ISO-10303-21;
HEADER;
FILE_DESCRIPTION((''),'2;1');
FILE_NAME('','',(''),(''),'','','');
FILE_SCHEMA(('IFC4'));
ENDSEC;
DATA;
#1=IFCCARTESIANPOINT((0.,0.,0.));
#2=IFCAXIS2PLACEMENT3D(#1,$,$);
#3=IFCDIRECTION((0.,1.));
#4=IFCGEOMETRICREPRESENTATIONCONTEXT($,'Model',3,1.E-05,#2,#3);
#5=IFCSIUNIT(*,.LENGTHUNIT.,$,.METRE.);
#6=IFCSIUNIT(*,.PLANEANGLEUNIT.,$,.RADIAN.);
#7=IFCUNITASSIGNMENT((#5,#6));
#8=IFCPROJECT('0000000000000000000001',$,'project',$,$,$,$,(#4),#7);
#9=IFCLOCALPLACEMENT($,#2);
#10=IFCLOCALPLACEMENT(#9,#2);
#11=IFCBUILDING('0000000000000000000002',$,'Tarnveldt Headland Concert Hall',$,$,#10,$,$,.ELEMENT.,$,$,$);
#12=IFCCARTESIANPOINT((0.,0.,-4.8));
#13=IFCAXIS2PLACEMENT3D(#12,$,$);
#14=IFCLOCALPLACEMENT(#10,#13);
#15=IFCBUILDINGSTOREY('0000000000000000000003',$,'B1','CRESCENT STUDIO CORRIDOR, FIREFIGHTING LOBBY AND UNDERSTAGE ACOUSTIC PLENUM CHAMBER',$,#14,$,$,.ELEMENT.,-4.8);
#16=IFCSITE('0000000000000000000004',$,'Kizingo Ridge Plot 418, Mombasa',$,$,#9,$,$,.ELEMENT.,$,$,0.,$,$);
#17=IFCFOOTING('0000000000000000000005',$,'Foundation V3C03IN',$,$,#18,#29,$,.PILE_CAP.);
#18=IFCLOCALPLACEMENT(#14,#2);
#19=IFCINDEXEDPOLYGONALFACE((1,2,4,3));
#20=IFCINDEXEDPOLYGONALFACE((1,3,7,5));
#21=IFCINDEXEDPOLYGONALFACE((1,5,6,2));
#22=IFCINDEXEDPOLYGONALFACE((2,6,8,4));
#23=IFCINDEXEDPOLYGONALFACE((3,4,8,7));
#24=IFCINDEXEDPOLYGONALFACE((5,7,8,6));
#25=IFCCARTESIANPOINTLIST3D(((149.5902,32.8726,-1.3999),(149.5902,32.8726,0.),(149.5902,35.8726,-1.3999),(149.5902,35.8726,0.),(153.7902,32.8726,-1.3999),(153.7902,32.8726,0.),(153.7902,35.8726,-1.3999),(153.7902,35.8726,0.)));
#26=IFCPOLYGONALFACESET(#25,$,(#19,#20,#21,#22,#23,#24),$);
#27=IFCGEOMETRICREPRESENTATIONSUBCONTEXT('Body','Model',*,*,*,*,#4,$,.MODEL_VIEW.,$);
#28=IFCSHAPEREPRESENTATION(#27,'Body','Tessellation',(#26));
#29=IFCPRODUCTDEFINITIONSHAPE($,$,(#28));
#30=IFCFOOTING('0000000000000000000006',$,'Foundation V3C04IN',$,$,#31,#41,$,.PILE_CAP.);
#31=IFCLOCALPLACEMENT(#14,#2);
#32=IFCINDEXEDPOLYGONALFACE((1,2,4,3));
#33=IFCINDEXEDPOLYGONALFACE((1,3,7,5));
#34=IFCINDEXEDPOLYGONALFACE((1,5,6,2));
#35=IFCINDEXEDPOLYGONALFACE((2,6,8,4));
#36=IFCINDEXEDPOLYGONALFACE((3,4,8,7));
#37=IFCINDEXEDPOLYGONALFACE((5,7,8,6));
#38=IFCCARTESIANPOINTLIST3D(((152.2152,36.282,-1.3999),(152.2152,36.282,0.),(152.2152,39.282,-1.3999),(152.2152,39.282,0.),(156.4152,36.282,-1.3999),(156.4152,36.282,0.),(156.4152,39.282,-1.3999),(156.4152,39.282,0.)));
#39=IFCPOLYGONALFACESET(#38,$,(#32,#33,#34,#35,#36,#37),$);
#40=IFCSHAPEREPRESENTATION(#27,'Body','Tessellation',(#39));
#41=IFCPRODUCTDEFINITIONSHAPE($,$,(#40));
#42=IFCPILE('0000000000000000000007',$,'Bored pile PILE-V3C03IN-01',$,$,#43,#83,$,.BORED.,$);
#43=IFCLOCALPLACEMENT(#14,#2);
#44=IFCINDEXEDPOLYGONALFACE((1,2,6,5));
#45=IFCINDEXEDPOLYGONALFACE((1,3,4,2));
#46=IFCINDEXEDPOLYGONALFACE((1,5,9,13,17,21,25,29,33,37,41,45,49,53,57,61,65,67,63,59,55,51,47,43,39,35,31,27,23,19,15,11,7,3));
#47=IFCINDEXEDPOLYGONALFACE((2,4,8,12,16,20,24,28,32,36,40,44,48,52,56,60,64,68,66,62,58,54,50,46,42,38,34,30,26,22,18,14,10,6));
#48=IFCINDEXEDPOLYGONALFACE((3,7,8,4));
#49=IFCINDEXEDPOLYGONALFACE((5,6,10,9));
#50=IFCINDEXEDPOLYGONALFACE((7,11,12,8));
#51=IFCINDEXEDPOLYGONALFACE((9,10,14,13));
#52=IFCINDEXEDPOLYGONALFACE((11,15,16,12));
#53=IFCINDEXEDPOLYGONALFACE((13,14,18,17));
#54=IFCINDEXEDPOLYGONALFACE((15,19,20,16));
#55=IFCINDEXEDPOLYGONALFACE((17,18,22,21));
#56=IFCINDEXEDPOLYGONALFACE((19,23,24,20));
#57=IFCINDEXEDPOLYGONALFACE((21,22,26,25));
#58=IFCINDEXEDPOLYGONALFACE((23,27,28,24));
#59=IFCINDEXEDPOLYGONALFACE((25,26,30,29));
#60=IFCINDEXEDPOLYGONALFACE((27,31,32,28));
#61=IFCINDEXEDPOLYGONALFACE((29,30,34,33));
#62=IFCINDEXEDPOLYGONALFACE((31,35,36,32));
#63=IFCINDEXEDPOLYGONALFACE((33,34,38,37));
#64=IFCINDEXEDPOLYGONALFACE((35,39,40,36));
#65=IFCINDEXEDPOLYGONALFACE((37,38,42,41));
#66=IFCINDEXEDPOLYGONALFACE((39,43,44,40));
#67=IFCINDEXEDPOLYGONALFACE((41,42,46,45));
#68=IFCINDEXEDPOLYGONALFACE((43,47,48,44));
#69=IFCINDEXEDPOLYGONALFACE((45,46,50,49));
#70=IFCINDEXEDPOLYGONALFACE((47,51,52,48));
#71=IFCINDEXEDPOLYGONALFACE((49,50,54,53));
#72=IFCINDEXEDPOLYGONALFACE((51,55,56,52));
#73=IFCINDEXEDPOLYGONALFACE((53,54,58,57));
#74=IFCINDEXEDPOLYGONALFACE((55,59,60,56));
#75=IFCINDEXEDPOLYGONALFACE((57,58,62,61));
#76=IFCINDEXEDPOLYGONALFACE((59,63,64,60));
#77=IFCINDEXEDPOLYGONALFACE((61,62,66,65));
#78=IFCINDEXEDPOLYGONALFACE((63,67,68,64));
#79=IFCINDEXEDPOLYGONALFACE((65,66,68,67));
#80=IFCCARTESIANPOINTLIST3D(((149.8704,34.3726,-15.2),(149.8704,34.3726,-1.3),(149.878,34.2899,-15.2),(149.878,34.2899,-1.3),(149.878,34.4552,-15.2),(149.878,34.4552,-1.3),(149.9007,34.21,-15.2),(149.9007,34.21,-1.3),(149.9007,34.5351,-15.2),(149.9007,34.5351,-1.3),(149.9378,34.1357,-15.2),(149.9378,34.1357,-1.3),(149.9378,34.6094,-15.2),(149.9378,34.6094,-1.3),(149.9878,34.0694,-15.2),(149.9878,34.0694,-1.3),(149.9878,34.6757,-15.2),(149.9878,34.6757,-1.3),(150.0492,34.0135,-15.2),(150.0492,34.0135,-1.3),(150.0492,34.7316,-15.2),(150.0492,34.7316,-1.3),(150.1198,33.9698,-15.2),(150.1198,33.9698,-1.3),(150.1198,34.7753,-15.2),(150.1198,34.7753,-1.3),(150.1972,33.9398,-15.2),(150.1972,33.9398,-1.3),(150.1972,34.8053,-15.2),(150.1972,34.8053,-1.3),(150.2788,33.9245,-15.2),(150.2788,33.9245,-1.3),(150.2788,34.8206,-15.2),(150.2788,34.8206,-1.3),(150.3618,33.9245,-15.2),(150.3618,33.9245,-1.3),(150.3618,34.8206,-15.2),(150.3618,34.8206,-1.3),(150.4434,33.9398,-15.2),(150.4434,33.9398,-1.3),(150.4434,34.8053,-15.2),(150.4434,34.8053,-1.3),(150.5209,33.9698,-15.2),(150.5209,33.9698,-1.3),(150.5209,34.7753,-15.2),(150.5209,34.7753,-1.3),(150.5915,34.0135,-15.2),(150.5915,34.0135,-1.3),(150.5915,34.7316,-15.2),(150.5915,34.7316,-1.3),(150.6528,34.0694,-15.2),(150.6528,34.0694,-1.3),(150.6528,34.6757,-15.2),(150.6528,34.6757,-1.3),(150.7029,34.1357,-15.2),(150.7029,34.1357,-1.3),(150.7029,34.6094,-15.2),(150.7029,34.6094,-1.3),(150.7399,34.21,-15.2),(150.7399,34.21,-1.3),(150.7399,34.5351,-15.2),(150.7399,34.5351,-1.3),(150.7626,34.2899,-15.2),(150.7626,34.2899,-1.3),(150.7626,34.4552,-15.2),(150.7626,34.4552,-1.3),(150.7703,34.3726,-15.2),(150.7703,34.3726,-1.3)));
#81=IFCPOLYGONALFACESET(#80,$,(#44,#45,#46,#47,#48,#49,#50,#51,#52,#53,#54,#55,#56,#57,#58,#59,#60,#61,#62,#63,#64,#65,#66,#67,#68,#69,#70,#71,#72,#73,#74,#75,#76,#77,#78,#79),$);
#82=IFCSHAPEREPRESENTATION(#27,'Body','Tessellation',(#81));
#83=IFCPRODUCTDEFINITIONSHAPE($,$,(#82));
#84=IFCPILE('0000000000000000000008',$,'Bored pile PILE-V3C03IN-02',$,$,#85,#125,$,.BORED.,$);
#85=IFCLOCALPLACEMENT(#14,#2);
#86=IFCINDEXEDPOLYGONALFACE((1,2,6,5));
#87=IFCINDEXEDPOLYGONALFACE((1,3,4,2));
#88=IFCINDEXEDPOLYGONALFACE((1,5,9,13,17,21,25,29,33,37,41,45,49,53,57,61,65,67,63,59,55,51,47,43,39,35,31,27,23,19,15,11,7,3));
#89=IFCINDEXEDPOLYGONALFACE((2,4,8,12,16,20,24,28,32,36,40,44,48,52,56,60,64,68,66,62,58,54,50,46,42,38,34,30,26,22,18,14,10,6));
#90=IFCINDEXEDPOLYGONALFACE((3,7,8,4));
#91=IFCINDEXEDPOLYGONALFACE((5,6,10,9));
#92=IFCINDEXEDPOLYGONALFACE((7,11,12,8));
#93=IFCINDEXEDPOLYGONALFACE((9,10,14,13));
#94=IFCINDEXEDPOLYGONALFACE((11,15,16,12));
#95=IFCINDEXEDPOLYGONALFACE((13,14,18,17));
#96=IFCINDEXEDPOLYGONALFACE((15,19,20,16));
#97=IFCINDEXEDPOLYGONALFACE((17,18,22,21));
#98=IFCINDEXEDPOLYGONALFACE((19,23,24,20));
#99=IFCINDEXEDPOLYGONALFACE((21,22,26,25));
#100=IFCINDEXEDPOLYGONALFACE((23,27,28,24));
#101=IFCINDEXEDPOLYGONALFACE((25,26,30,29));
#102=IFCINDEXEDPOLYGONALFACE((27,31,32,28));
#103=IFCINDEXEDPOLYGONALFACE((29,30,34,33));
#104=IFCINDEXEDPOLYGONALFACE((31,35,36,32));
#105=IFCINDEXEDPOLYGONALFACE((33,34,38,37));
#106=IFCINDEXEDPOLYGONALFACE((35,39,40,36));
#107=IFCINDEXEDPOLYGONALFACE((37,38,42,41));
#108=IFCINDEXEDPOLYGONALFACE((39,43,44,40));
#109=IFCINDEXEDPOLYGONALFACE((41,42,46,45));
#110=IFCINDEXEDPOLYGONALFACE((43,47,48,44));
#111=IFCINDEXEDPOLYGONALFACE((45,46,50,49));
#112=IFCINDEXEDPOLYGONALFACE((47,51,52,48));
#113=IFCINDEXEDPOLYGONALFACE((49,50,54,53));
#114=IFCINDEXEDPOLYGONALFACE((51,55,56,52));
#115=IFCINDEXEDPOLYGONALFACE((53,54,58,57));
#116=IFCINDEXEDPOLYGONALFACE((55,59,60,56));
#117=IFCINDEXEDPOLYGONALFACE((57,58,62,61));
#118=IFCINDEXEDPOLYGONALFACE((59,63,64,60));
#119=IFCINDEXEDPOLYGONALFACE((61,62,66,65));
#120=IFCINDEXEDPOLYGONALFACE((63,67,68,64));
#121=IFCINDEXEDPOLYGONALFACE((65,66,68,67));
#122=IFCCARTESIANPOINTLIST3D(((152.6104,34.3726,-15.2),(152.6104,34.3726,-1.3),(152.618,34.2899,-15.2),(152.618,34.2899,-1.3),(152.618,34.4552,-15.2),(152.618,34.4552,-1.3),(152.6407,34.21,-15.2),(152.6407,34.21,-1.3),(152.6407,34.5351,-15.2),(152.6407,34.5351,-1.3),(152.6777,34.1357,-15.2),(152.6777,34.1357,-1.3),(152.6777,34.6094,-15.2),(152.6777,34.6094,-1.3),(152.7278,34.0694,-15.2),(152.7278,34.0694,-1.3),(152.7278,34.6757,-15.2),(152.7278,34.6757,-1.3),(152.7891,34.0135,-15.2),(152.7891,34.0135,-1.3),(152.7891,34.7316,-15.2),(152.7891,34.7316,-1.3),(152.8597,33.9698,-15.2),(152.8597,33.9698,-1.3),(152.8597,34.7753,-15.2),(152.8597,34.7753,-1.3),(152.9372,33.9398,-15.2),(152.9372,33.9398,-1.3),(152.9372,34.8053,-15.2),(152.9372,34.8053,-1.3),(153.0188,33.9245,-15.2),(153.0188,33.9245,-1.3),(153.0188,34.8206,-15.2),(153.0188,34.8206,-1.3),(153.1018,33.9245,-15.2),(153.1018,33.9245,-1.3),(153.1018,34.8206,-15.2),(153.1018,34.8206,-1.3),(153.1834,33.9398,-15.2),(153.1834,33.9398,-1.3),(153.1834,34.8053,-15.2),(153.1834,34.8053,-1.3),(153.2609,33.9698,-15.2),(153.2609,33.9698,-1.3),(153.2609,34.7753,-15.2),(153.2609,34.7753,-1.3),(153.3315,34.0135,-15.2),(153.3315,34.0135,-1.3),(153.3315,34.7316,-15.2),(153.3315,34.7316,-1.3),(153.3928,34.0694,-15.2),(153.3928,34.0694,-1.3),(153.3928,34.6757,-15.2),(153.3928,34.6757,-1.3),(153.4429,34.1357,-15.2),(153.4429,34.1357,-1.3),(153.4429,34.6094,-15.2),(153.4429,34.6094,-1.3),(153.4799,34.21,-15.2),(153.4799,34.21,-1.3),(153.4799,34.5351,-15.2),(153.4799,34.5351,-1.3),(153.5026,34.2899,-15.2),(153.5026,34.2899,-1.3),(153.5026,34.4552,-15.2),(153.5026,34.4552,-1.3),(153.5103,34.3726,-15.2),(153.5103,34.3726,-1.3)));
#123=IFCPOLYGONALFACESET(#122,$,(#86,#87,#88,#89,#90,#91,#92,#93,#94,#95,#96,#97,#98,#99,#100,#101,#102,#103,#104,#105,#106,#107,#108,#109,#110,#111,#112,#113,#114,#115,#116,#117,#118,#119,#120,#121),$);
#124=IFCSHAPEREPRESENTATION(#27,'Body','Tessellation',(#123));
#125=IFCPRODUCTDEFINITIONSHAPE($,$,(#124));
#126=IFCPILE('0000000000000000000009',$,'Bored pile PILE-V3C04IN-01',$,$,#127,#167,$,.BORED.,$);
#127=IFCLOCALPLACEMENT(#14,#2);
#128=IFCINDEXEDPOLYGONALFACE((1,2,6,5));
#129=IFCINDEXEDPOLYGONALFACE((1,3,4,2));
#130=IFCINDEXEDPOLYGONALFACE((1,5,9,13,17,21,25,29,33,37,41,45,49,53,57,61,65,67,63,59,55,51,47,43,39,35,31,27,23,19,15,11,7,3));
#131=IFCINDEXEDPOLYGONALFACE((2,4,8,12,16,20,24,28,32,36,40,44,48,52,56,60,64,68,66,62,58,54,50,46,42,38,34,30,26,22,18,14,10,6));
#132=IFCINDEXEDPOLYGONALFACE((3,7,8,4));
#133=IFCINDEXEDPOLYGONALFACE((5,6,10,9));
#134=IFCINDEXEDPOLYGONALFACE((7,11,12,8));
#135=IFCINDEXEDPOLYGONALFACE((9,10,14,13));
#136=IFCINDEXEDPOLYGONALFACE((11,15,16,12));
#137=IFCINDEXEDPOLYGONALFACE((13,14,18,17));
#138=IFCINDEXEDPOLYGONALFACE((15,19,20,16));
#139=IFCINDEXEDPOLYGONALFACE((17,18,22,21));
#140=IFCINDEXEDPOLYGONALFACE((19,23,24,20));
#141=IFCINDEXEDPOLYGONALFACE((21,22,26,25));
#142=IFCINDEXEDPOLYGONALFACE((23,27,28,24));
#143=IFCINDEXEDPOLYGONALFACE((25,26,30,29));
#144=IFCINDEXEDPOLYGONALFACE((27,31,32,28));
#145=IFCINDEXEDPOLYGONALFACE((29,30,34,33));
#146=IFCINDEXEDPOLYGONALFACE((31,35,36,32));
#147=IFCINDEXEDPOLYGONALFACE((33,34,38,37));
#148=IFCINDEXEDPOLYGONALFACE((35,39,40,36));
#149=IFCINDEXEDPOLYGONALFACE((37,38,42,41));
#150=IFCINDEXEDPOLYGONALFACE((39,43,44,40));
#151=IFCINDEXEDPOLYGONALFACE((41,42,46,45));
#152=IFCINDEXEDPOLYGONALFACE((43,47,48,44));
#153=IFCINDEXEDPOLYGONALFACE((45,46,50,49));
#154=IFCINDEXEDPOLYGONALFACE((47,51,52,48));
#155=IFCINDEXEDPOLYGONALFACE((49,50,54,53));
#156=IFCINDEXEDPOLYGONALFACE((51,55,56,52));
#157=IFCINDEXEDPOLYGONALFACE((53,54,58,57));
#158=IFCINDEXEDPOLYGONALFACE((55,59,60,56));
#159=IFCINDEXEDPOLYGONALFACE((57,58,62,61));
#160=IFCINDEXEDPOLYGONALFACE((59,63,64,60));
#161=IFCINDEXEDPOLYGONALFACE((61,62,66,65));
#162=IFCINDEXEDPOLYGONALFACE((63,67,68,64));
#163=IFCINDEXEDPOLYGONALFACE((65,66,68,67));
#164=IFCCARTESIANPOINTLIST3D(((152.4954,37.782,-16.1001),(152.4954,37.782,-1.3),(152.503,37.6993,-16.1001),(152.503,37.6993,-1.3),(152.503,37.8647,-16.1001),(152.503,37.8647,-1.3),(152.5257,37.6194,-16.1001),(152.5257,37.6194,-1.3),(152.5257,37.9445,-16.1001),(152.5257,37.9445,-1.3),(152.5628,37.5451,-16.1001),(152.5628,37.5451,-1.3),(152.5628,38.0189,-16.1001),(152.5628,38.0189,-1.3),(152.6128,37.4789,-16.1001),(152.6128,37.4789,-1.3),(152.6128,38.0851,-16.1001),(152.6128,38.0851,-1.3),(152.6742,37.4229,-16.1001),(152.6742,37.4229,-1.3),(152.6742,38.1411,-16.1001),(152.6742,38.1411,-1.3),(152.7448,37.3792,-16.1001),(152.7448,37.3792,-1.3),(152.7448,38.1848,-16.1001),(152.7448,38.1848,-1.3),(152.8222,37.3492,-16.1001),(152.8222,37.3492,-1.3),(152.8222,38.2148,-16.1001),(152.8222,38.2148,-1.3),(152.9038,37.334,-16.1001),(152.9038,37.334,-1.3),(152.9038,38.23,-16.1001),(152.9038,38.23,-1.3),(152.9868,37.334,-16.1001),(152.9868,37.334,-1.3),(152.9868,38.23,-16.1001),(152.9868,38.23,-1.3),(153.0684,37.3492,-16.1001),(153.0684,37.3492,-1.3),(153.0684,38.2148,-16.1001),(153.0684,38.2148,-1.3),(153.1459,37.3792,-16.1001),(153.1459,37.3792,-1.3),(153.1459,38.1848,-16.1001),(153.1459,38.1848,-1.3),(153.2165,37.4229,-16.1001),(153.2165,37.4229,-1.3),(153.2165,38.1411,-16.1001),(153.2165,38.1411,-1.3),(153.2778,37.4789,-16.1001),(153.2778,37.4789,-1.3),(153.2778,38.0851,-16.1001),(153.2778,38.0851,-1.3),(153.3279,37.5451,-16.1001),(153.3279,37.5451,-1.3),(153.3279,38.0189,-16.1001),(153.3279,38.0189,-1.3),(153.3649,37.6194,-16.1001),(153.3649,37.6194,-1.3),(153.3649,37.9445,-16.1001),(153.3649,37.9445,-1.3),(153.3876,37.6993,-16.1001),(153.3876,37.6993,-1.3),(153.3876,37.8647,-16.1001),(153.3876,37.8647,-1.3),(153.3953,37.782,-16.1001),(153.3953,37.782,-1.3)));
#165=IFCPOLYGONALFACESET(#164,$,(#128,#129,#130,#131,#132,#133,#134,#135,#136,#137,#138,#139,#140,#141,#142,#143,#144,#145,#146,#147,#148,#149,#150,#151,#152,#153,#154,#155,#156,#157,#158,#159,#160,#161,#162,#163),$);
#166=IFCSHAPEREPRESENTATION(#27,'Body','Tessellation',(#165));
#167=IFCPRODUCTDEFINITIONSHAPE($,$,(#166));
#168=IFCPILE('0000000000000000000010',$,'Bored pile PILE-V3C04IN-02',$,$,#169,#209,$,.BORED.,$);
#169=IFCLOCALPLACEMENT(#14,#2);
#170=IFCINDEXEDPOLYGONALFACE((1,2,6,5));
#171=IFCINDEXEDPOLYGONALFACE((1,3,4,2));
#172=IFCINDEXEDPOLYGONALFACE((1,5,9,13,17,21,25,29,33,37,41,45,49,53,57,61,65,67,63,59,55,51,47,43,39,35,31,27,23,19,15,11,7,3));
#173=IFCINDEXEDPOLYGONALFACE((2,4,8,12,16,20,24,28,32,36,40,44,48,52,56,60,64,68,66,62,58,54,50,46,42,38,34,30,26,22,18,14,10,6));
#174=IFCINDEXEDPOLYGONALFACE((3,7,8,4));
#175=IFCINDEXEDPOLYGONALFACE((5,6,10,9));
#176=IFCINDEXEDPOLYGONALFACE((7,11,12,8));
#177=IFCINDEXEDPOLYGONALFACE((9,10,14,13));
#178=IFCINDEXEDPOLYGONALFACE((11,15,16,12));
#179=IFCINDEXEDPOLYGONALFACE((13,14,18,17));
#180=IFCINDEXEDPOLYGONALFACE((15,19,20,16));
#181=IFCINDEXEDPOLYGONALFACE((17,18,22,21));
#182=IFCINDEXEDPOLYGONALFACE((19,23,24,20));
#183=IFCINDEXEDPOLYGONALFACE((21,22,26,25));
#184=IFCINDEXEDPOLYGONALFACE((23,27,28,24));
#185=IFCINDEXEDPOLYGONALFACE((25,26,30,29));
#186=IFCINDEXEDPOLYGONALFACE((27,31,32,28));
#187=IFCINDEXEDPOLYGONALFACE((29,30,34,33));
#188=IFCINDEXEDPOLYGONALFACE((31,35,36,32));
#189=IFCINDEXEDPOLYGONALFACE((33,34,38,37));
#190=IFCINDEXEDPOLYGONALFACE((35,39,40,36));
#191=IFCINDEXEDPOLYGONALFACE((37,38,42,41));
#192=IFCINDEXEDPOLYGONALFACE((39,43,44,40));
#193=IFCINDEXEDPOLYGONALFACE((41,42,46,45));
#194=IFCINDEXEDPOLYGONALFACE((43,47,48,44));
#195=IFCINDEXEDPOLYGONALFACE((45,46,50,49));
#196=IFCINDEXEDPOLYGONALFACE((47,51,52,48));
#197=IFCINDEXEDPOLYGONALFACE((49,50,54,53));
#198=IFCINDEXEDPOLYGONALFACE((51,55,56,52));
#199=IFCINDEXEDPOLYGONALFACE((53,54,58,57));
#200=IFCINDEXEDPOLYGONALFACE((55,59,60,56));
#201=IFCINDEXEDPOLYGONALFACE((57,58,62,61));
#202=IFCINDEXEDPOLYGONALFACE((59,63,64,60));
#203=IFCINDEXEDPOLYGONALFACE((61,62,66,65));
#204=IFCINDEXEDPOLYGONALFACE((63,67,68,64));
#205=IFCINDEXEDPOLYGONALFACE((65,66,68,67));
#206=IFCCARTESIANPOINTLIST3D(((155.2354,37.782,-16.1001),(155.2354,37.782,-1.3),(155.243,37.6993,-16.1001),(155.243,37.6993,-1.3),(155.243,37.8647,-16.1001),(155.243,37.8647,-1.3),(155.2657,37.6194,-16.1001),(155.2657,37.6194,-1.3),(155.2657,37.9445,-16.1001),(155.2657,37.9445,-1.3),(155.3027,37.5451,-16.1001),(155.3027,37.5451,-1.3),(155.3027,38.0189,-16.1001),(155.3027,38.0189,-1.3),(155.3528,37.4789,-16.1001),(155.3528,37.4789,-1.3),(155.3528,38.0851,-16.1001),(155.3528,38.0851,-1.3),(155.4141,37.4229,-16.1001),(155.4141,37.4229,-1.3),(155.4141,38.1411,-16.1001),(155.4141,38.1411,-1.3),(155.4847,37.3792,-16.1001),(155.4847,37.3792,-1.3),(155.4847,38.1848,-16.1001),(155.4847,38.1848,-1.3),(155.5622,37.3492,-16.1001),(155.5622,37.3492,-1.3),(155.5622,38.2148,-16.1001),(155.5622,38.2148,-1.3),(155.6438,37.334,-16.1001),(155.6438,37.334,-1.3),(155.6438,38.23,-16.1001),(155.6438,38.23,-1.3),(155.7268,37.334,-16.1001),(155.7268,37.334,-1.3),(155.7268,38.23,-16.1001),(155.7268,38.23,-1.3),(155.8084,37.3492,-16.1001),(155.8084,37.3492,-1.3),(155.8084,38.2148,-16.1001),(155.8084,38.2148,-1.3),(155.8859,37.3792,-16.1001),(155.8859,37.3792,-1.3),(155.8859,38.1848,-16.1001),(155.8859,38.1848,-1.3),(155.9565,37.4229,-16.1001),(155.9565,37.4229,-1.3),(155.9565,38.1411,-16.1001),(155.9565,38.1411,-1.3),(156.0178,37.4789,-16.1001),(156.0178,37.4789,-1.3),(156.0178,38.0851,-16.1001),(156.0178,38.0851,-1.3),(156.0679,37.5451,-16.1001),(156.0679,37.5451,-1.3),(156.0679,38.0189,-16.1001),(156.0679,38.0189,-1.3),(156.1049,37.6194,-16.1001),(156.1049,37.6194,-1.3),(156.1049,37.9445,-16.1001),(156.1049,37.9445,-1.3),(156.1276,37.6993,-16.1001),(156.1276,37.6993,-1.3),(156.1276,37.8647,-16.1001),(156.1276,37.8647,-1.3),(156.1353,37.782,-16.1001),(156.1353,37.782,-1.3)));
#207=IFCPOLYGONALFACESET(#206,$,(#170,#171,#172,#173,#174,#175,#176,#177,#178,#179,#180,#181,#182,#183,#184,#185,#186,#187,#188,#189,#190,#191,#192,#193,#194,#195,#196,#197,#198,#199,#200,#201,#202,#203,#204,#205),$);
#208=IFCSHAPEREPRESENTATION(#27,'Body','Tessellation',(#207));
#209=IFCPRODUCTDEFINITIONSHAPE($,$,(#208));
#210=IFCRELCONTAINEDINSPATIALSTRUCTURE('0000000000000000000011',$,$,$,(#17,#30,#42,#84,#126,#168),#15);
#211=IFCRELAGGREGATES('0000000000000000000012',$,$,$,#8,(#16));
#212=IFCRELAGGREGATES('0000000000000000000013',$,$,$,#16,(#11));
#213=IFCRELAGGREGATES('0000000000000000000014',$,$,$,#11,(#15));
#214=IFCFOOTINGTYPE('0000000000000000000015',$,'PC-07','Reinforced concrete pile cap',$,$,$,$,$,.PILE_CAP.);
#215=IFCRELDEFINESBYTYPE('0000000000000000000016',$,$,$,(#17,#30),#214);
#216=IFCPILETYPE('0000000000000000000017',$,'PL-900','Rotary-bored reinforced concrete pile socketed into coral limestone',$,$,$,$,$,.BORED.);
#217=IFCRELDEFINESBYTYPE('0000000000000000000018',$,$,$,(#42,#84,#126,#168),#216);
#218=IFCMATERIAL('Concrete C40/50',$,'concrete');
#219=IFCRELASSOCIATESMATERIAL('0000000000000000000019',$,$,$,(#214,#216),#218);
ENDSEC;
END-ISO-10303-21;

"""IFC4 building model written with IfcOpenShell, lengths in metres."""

from ifc_helpers import new_model, si_unit, direction, frame, origin, origin_2d, place, context, subcontext, project, spatial, rectangle, circle, extrude, material, material_profile, profile_set, type_object, element, save


model = new_model("IFC4")

# Units and contexts
model_context = context("Model", 3, precision=1e-05, world=origin(), true_north=direction((0.0, 1.0)))
body_context = subcontext(model_context, "Body", "Model", "MODEL_VIEW")
ifc_project = project(units=[si_unit("LENGTHUNIT", "METRE"), si_unit("PLANEANGLEUNIT", "RADIAN")], contexts=[model_context])

# Site, building, storey
site_placement = place(None, origin())
site = spatial("IfcSite", under=ifc_project, at=site_placement, Name="Kizingo Ridge Plot 418, Mombasa", CompositionType="ELEMENT", RefElevation=0.0)
building_placement = place(site_placement, origin())
building = spatial("IfcBuilding", under=site, at=building_placement, Name="Tarnveldt Headland Concert Hall", CompositionType="ELEMENT")
storey_placement = place(building_placement, frame((0.0, 0.0, -4.8)))
storey = spatial("IfcBuildingStorey", under=building, at=storey_placement, Name="B1", Description="CRESCENT STUDIO CORRIDOR, FIREFIGHTING LOBBY AND UNDERSTAGE ACOUSTIC PLENUM CHAMBER", CompositionType="ELEMENT", Elevation=-4.8)

# Footings
ifc_material_1 = material(Name="Concrete C40/50", Category="concrete")
footing_type = type_object("IfcFootingType", Name="PC-07", Description="Reinforced concrete pile cap", PredefinedType="PILE_CAP", material=ifc_material_1)
for number, where, z_axis, x_axis, name in (
    (1, (151.6902, 34.3726, -1.3999), (0.0, 0.0, 1.0), (1.0, 0.0, 0.0), "Foundation V3C03IN"),
    (2, (154.3152, 37.782, -1.3999), (0.0, 0.0, 1.0), (1.0, 0.0, 0.0), "Foundation V3C04IN"),
):
    element("IfcFooting", number, at=place(storey_placement, frame(where, z_axis=z_axis, x_axis=x_axis)), inside=storey, type_object=footing_type, Name=name, PredefinedType="PILE_CAP", context=body_context, shape_type="SweptSolid", body=[
        extrude(rectangle(XDim=4.2, YDim=3.0, at=origin_2d()), origin(), (0.0, 0.0, 1.0), 1.3999),
    ])

# Piles
ifc_material_profile_1 = material_profile(ifc_material_1, circle(Radius=0.45, at=origin_2d()), Name="BORED PILE D900", Category="concrete")
ifc_profile_set_1 = profile_set([ifc_material_profile_1], Name="Concrete C40/50")
pile_type = type_object("IfcPileType", Name="PL-900", Description="Rotary-bored reinforced concrete pile socketed into coral limestone", PredefinedType="BORED", material=ifc_profile_set_1)
for number, where, z_axis, x_axis, name in (
    (3, (150.3203, 34.3726, -1.3), (0.0, 0.0, -1.0), (1.0, 0.0, 0.0), "Bored pile PILE-V3C03IN-01"),
    (4, (153.0603, 34.3726, -1.3), (0.0, 0.0, -1.0), (1.0, 0.0, 0.0), "Bored pile PILE-V3C03IN-02"),
):
    element("IfcPile", number, at=place(storey_placement, frame(where, z_axis=z_axis, x_axis=x_axis)), inside=storey, type_object=pile_type, Name=name, PredefinedType="BORED", context=body_context, shape_type="SweptSolid", body=[
        extrude(circle(Radius=0.45, at=origin_2d()), origin(), (0.0, 0.0, 1.0), 13.8999),
    ])
for number, where, z_axis, x_axis, name in (
    (5, (152.9453, 37.782, -1.3), (0.0, 0.0, -1.0), (1.0, 0.0, 0.0), "Bored pile PILE-V3C04IN-01"),
    (6, (155.6853, 37.782, -1.3), (0.0, 0.0, -1.0), (1.0, 0.0, 0.0), "Bored pile PILE-V3C04IN-02"),
):
    element("IfcPile", number, at=place(storey_placement, frame(where, z_axis=z_axis, x_axis=x_axis)), inside=storey, type_object=pile_type, Name=name, PredefinedType="BORED", context=body_context, shape_type="SweptSolid", body=[
        extrude(circle(Radius=0.45, at=origin_2d()), origin(), (0.0, 0.0, 1.0), 14.8),
    ])

save(model, "model.ifc")
